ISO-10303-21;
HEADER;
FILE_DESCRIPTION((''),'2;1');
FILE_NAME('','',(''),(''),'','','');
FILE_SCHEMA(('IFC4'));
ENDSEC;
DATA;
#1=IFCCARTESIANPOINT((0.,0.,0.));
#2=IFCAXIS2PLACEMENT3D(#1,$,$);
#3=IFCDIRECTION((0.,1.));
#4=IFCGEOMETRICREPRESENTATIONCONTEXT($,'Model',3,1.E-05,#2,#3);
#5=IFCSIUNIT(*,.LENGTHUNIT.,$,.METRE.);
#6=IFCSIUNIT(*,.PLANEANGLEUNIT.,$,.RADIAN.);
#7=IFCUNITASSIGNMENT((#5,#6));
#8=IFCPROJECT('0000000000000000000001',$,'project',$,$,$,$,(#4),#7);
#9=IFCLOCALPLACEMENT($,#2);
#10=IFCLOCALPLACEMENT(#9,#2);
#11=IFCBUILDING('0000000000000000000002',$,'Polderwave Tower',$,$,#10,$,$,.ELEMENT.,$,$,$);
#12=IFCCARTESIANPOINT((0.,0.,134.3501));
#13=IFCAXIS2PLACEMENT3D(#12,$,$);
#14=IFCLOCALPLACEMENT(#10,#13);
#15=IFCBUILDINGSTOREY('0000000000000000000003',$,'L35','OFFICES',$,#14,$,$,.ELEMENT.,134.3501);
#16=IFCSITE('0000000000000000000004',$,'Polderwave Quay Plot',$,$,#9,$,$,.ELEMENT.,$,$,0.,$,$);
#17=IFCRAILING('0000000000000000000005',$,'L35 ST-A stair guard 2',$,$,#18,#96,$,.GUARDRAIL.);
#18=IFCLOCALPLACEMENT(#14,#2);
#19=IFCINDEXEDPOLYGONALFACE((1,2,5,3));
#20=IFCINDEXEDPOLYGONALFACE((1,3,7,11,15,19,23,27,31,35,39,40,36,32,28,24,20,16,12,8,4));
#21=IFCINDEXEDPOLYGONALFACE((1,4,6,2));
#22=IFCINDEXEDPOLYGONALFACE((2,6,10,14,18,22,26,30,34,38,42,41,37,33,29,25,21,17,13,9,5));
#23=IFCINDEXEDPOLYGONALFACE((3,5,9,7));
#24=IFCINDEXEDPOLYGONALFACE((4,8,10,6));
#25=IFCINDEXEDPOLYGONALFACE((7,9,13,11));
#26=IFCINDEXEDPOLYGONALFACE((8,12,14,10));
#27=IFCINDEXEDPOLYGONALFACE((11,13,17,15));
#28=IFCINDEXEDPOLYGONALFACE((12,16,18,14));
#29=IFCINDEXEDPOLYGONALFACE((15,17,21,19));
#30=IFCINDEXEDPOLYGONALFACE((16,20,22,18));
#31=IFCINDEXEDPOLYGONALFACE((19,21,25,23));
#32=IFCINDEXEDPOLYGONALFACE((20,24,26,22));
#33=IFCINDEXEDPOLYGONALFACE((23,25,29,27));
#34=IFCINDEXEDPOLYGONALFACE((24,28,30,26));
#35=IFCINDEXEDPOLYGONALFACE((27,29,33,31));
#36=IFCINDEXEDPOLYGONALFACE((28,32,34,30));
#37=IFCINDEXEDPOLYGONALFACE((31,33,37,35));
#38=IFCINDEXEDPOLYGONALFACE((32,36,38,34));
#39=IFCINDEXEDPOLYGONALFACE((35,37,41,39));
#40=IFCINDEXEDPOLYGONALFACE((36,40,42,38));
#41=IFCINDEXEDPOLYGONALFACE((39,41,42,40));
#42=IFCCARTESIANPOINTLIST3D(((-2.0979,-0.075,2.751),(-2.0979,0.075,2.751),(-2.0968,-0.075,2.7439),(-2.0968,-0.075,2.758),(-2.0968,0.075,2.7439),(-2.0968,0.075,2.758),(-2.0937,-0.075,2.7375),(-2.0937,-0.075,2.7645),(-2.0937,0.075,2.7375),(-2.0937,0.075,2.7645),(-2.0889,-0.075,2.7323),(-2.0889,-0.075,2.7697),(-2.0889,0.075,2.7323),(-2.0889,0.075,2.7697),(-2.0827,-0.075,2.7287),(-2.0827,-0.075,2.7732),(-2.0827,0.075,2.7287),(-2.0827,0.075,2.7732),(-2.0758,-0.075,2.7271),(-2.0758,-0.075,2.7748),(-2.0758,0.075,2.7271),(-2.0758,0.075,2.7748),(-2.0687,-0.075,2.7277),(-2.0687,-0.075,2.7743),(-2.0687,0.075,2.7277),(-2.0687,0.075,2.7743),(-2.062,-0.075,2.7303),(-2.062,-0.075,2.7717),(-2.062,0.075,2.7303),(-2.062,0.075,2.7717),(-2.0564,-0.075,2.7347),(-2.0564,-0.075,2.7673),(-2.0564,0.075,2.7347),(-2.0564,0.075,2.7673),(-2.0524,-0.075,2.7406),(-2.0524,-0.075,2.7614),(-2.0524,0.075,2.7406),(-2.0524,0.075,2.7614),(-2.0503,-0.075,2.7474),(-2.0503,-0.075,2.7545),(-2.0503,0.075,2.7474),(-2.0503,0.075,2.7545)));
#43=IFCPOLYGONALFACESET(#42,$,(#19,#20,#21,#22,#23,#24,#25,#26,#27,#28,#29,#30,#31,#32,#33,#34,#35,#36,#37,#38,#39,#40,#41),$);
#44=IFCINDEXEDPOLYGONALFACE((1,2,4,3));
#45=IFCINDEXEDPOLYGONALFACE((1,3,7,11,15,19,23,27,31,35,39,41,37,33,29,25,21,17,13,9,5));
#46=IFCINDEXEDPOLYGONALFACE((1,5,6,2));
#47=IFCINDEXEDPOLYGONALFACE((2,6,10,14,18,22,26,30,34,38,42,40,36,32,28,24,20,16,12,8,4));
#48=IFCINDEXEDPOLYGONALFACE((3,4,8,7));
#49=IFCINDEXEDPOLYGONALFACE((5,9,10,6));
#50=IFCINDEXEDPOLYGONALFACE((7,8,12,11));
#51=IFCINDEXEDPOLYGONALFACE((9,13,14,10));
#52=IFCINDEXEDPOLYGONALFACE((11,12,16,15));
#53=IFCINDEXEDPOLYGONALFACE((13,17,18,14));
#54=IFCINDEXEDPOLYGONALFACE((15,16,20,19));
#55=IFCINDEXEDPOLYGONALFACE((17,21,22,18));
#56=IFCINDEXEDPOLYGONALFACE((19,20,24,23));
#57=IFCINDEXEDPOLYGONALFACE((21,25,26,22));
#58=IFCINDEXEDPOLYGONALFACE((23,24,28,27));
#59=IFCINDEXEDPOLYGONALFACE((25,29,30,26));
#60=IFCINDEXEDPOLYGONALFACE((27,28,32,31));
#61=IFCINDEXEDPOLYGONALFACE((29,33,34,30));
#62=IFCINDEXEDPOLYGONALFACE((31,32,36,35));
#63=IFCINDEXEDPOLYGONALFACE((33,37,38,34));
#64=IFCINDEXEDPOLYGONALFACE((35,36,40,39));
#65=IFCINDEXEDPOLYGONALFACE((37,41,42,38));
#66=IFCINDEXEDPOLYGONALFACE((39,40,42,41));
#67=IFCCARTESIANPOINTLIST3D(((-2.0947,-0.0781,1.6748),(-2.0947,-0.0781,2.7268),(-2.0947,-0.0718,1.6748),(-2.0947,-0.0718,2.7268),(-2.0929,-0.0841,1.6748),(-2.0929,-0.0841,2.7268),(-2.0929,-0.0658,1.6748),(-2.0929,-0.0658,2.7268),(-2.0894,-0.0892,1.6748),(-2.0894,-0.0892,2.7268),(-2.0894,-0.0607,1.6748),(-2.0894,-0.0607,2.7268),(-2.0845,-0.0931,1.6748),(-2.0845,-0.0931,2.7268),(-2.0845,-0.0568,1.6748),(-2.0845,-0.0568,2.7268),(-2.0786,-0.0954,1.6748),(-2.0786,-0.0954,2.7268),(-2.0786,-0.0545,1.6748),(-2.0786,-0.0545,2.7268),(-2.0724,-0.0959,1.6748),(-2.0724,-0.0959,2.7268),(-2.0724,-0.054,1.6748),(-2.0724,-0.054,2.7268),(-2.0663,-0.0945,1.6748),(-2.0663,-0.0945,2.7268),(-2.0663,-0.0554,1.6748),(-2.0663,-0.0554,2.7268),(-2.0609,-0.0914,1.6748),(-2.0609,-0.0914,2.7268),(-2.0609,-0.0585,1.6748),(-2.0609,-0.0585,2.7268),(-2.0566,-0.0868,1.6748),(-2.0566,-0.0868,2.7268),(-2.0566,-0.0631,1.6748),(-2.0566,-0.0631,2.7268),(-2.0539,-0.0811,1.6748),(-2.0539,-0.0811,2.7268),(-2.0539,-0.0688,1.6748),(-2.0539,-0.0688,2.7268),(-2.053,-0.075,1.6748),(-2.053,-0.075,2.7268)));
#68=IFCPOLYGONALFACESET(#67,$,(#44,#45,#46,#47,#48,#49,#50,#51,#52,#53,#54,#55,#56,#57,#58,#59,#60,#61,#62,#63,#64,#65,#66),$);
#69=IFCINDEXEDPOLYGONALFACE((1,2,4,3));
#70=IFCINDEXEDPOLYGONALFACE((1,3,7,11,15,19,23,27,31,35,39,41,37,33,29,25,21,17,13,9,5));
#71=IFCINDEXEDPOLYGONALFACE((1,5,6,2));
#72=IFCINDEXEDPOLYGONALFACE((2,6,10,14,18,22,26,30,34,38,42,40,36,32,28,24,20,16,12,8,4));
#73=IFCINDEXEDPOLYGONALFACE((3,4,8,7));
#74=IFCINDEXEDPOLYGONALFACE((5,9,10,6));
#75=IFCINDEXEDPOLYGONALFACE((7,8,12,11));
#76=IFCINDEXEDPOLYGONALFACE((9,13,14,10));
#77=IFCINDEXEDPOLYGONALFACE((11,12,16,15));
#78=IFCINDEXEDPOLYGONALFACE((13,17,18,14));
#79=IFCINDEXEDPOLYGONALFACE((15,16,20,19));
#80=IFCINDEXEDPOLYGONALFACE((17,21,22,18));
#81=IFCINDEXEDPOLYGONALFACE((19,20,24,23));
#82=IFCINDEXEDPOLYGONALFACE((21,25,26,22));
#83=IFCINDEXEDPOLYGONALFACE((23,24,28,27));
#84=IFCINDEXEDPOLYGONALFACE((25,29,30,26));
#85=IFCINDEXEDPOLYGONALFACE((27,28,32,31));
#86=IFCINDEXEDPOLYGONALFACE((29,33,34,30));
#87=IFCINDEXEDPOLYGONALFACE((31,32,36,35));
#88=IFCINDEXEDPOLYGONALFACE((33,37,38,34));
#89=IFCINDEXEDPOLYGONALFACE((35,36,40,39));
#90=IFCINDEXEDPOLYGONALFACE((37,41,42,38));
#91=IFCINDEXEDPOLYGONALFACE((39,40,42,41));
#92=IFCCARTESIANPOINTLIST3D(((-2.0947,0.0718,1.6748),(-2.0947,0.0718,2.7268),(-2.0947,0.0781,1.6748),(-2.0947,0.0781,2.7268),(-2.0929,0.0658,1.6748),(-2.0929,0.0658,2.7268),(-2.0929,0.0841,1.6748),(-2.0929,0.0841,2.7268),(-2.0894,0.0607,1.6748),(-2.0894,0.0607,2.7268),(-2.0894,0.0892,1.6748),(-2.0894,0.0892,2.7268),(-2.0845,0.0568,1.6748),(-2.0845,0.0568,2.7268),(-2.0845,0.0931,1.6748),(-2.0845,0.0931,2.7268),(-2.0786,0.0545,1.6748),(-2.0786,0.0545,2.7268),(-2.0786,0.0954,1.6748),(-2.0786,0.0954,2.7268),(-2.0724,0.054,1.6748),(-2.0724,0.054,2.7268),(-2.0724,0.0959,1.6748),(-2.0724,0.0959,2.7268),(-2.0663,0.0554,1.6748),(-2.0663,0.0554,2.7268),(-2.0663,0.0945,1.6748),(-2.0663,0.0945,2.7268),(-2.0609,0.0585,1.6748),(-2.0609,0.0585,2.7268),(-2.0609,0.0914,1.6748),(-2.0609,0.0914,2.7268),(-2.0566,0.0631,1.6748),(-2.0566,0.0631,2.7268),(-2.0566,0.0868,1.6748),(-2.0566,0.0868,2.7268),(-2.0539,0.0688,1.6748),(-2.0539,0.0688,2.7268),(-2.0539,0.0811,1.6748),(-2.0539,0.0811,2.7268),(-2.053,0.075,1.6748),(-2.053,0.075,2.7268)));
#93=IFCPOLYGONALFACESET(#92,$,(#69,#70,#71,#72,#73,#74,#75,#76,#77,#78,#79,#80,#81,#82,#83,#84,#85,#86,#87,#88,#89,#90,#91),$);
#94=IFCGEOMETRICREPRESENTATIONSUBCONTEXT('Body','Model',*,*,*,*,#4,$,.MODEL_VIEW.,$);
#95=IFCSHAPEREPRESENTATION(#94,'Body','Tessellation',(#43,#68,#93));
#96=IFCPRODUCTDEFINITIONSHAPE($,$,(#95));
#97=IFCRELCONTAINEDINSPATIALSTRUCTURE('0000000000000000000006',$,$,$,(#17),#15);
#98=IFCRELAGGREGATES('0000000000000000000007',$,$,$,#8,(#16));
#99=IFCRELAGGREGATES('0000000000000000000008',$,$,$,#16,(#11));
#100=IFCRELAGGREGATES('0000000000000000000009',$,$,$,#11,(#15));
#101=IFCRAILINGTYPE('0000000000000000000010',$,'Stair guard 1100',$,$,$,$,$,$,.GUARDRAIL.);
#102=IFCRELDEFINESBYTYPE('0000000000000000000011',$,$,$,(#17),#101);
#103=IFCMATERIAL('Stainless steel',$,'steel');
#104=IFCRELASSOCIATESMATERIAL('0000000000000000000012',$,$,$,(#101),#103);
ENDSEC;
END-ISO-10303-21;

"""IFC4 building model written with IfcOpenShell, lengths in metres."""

from ifc_helpers import new_model, si_unit, direction, frame, origin, origin_2d, place, context, subcontext, project, spatial, circle, extrude, material, type_object, element, save


model = new_model("IFC4")

# Units and contexts
model_context = context("Model", 3, precision=1e-05, world=origin(), true_north=direction((0.0, 1.0)))
body_context = subcontext(model_context, "Body", "Model", "MODEL_VIEW")
ifc_project = project(units=[si_unit("LENGTHUNIT", "METRE"), si_unit("PLANEANGLEUNIT", "RADIAN")], contexts=[model_context])

# Site, building, storey
site_placement = place(None, origin())
site = spatial("IfcSite", under=ifc_project, at=site_placement, Name="Polderwave Quay Plot", CompositionType="ELEMENT", RefElevation=0.0)
building_placement = place(site_placement, origin())
building = spatial("IfcBuilding", under=site, at=building_placement, Name="Polderwave Tower", CompositionType="ELEMENT")
storey_placement = place(building_placement, frame((0.0, 0.0, 134.3501)))
storey = spatial("IfcBuildingStorey", under=building, at=storey_placement, Name="L35", Description="OFFICES", CompositionType="ELEMENT", Elevation=134.3501)

# Railing
ifc_material_1 = material(Name="Stainless steel", Category="steel")
railing_type_1 = type_object("IfcRailingType", Name="Stair guard 1100", PredefinedType="GUARDRAIL", material=ifc_material_1)
railing_1_placement = place(storey_placement, frame((-2.074, -0.075, 1.6748)))
element("IfcRailing", 1, at=railing_1_placement, inside=storey, type_object=railing_type_1, Name="L35 ST-A stair guard 2", PredefinedType="GUARDRAIL", context=body_context, shape_type="SweptSolid", body=[
    extrude(circle(Radius=0.0239, at=origin_2d()), frame((0.0, 0.0, 1.0762), z_axis=(0.0, 1.0, 0.0), x_axis=(-1.0, 0.0, 0.0)), (0.0, 0.0, 1.0), 0.1499),
    extrude(circle(Radius=0.021, at=origin_2d()), origin(), (0.0, 0.0, 1.0), 1.052),
    extrude(circle(Radius=0.021, at=origin_2d()), frame((0.0, 0.1499, 0.0)), (0.0, 0.0, 1.0), 1.052),
])

save(model, "model.ifc")
